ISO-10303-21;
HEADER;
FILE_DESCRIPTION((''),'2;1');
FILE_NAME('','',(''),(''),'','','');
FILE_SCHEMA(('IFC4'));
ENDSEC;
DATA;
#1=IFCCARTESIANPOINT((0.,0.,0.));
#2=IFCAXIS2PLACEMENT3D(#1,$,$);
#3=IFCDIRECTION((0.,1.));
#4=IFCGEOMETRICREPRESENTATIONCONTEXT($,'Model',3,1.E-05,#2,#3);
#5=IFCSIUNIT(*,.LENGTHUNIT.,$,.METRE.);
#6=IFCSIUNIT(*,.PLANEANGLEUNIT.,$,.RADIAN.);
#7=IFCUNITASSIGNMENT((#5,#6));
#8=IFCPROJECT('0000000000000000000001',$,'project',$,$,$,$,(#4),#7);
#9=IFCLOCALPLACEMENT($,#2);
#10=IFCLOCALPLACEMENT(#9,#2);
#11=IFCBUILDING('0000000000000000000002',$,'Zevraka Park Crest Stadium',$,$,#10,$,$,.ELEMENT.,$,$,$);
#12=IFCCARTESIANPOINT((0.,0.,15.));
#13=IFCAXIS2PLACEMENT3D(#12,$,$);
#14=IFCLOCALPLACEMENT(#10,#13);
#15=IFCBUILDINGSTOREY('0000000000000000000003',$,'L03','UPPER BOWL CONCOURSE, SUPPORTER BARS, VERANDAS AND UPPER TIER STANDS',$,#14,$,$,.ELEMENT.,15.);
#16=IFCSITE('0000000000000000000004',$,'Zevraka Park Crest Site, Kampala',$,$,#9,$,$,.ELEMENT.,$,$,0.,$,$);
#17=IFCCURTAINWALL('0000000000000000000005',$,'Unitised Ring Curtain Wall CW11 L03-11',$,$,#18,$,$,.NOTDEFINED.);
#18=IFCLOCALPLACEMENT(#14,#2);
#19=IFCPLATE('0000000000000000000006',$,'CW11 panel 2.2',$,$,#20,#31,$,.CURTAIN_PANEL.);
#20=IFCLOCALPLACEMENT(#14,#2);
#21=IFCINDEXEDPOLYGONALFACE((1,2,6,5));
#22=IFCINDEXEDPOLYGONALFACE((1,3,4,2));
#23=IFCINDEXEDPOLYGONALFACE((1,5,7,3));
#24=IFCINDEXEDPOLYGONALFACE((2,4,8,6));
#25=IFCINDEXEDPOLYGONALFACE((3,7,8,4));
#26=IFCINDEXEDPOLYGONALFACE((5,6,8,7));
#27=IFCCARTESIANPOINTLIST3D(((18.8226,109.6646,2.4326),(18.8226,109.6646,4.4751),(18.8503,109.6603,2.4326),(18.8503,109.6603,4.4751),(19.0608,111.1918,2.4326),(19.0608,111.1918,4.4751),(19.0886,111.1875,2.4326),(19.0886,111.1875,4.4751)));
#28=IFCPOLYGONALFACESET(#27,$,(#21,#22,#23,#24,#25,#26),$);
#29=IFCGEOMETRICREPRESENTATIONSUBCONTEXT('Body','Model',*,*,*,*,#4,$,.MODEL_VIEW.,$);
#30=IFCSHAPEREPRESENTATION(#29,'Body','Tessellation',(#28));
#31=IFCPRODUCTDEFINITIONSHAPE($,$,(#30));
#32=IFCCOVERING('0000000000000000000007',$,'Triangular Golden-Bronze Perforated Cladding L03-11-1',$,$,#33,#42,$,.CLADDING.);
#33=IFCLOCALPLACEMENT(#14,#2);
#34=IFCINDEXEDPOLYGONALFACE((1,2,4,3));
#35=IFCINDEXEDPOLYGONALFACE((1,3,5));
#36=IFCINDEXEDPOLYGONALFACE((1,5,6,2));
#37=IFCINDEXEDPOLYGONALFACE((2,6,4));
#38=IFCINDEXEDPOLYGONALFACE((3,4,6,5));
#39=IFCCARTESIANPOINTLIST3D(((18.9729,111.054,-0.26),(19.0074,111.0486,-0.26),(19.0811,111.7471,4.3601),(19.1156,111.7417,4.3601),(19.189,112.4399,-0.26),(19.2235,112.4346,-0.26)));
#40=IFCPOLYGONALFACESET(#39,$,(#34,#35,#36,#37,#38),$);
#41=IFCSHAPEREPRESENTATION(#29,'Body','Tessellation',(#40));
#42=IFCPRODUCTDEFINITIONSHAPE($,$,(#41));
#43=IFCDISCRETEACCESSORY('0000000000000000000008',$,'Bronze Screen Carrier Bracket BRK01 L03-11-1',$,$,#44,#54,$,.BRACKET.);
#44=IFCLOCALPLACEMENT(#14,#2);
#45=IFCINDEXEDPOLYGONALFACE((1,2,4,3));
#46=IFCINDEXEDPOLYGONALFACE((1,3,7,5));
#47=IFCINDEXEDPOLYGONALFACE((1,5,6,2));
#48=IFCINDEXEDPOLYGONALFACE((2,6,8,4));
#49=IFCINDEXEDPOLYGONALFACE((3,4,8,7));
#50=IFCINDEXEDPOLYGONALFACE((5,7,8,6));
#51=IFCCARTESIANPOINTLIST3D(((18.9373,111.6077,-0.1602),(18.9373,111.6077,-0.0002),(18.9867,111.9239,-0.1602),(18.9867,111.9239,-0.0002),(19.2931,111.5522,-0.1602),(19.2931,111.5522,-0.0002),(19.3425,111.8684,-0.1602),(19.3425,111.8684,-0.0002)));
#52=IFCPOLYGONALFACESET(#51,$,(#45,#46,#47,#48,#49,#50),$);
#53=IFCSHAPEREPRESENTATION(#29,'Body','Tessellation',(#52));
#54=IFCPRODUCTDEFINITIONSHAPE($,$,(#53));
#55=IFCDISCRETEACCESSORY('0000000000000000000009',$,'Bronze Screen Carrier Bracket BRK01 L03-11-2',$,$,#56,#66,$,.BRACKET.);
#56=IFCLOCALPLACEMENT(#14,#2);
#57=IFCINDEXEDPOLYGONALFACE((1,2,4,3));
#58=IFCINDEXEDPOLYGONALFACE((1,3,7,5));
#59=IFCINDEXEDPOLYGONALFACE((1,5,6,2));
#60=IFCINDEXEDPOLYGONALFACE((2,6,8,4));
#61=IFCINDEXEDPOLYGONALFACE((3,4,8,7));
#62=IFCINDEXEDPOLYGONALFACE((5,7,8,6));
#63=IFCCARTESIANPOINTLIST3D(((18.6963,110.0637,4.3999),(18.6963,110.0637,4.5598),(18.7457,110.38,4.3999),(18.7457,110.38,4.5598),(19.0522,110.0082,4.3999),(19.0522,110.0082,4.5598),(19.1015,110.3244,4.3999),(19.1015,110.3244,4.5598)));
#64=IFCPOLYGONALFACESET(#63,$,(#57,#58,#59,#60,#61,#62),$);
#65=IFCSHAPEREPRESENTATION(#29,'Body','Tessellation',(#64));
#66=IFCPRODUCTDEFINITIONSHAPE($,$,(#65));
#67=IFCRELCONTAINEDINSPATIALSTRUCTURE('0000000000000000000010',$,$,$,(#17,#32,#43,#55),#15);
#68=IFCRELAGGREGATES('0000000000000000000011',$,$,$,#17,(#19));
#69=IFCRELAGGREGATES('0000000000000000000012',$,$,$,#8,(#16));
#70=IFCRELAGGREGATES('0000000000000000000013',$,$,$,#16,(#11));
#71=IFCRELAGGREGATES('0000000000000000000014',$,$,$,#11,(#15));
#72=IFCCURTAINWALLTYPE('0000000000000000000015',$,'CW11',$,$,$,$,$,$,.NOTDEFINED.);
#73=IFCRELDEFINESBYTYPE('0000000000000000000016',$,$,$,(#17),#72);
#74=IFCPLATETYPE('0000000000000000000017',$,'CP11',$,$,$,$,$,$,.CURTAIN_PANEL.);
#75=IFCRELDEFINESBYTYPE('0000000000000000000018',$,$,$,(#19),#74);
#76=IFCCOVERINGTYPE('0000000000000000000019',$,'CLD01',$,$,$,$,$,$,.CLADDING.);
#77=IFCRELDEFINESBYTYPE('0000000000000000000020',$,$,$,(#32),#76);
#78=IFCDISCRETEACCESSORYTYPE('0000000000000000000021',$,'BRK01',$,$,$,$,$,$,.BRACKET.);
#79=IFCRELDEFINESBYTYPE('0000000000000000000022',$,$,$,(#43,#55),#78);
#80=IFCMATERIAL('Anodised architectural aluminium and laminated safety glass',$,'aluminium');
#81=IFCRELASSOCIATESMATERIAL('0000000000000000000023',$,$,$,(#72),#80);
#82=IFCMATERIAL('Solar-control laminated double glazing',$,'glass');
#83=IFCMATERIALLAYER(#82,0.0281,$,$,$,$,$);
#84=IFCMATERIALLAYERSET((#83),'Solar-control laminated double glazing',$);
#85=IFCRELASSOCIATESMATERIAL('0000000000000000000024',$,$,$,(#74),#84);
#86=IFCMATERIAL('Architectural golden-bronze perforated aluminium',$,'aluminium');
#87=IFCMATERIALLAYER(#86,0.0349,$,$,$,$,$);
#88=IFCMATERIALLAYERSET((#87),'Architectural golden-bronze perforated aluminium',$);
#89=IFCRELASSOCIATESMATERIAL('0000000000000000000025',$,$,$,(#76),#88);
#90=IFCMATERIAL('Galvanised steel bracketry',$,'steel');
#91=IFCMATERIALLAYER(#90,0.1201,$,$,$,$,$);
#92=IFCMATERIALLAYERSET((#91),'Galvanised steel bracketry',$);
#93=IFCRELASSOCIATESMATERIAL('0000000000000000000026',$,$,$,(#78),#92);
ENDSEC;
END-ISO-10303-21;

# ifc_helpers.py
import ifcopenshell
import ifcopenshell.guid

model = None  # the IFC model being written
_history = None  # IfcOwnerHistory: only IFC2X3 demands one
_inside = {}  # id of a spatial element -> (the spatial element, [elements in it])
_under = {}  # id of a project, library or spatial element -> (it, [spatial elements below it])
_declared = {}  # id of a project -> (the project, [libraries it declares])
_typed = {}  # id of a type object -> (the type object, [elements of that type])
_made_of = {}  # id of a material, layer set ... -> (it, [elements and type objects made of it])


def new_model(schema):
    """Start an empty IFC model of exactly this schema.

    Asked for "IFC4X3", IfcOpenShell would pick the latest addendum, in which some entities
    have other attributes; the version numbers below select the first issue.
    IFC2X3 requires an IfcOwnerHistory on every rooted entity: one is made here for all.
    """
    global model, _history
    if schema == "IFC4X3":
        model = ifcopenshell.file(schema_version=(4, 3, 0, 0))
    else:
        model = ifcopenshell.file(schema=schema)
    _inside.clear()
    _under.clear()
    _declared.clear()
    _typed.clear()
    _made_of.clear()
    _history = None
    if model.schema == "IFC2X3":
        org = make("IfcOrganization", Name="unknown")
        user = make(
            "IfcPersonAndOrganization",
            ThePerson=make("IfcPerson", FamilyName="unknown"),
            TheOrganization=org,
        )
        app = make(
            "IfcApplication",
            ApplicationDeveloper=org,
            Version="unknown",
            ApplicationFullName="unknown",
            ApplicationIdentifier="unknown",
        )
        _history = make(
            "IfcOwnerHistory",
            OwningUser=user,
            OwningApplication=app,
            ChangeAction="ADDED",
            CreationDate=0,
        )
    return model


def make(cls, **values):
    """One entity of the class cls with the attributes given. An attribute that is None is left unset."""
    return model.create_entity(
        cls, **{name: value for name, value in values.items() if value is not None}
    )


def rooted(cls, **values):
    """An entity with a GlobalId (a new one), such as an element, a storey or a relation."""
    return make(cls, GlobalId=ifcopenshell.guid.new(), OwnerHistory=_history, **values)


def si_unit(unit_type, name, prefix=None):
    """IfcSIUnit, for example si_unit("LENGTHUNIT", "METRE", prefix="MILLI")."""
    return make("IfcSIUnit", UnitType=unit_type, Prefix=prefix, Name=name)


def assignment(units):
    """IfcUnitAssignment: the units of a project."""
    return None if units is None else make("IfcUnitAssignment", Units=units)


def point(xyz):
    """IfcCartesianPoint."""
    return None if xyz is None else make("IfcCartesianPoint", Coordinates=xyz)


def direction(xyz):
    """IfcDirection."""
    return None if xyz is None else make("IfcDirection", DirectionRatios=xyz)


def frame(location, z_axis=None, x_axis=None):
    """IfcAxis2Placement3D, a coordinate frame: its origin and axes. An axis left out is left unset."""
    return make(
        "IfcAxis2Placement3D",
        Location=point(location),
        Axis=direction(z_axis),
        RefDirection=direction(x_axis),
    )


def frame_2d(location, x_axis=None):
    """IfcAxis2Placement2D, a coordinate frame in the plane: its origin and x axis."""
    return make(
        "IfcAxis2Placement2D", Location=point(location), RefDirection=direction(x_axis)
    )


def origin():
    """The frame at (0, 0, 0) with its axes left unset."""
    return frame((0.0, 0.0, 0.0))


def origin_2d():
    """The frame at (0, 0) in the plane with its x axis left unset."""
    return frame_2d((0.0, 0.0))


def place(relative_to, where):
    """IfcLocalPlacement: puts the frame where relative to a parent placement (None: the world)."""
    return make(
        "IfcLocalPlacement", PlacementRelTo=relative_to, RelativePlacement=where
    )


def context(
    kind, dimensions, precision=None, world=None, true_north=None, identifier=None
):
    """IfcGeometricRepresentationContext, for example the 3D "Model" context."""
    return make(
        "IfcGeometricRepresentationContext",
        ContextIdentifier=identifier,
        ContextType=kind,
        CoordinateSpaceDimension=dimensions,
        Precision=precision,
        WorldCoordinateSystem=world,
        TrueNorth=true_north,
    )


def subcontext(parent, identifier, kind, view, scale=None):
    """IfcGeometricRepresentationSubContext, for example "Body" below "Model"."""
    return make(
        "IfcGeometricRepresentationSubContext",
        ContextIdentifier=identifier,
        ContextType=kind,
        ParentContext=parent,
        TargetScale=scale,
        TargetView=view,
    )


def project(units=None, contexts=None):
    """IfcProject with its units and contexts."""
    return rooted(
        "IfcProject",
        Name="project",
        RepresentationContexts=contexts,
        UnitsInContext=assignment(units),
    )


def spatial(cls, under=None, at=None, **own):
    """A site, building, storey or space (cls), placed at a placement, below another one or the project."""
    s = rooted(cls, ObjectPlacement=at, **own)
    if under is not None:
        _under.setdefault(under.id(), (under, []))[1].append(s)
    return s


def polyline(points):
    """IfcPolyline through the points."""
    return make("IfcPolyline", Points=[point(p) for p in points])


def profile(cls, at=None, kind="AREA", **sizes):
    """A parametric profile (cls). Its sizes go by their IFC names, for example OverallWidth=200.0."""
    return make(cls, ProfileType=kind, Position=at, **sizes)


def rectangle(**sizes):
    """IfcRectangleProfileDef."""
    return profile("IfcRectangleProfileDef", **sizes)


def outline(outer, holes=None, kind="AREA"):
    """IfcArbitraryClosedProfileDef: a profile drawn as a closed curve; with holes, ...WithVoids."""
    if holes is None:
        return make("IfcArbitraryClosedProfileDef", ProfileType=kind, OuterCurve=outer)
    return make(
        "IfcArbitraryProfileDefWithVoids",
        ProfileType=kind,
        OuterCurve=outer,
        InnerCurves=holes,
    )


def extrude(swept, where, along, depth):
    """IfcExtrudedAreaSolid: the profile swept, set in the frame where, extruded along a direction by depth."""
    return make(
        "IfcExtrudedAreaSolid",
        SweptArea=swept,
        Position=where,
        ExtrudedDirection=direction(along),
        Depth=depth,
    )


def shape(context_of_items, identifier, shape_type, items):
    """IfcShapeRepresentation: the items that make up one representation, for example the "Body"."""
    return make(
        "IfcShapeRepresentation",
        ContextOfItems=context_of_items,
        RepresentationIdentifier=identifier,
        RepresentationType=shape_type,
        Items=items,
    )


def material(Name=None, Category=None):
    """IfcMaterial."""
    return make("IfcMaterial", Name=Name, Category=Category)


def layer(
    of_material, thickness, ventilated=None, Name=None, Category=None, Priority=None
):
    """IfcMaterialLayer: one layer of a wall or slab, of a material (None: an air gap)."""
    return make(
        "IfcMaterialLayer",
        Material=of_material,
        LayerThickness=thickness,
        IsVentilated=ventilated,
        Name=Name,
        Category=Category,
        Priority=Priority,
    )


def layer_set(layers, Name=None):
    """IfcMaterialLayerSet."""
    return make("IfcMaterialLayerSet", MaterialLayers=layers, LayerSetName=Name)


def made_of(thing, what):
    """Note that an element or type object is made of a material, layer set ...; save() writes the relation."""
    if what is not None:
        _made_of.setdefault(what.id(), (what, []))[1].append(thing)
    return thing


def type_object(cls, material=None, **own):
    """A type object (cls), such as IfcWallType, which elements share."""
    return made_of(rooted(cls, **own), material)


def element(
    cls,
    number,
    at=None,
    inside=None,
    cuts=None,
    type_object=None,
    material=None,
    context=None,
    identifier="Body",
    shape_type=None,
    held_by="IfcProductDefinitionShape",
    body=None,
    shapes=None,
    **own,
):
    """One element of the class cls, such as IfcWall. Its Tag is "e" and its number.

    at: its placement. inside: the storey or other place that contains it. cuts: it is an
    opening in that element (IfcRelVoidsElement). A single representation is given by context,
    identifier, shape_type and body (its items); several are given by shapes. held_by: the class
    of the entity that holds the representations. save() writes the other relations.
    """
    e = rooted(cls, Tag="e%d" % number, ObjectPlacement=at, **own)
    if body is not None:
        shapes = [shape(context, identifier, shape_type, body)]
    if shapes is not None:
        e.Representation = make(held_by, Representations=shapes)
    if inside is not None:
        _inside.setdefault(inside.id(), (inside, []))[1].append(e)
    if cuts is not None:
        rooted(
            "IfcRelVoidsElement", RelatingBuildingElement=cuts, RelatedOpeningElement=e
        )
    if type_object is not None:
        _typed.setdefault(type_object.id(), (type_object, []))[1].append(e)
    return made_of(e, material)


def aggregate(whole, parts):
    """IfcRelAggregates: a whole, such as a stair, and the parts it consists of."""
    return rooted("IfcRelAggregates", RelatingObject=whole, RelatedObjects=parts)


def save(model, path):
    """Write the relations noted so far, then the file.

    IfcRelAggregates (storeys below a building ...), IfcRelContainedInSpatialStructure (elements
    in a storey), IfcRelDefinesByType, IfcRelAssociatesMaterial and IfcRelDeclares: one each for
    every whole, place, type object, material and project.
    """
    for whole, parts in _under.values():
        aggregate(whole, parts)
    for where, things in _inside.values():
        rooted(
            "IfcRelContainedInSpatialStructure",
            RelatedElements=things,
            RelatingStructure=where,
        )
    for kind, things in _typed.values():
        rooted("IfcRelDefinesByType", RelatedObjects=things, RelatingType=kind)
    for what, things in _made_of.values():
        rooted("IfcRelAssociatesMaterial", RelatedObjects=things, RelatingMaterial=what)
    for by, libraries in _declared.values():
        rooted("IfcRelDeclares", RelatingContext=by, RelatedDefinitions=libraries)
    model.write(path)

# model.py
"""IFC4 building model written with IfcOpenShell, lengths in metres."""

from ifc_helpers import new_model, si_unit, direction, frame, origin, origin_2d, place, context, subcontext, project, spatial, polyline, rectangle, outline, extrude, material, layer, layer_set, type_object, element, aggregate, save


model = new_model("IFC4")

# Units and contexts
model_context = context("Model", 3, precision=1e-05, world=origin(), true_north=direction((0.0, 1.0)))
body_context = subcontext(model_context, "Body", "Model", "MODEL_VIEW")
ifc_project = project(units=[si_unit("LENGTHUNIT", "METRE"), si_unit("PLANEANGLEUNIT", "RADIAN")], contexts=[model_context])

# Site, building, storey
site_placement = place(None, origin())
site = spatial("IfcSite", under=ifc_project, at=site_placement, Name="Zevraka Park Crest Site, Kampala", CompositionType="ELEMENT", RefElevation=0.0)
building_placement = place(site_placement, origin())
building = spatial("IfcBuilding", under=site, at=building_placement, Name="Zevraka Park Crest Stadium", CompositionType="ELEMENT")
storey_placement = place(building_placement, frame((0.0, 0.0, 15.0)))
storey = spatial("IfcBuildingStorey", under=building, at=storey_placement, Name="L03", Description="UPPER BOWL CONCOURSE, SUPPORTER BARS, VERANDAS AND UPPER TIER STANDS", CompositionType="ELEMENT", Elevation=15.0)

# Curtain wall
ifc_material_1 = material(Name="Anodised architectural aluminium and laminated safety glass", Category="aluminium")
curtain_wall_type_1 = type_object("IfcCurtainWallType", Name="CW11", PredefinedType="NOTDEFINED", material=ifc_material_1)
curtain_wall_1_placement = place(storey_placement, origin())
curtain_wall_1 = element("IfcCurtainWall", 1, at=curtain_wall_1_placement, inside=storey, type_object=curtain_wall_type_1, Name="Unitised Ring Curtain Wall CW11 L03-11", PredefinedType="NOTDEFINED")

# Plate
ifc_material_2 = material(Name="Solar-control laminated double glazing", Category="glass")
ifc_layer_1 = layer(ifc_material_2, 0.0281)
ifc_layer_set_1 = layer_set([ifc_layer_1], Name="Solar-control laminated double glazing")
plate_type = type_object("IfcPlateType", Name="CP11", PredefinedType="CURTAIN_PANEL", material=ifc_layer_set_1)
plate_1_placement = place(storey_placement, frame((18.9556, 110.426, 2.4326), z_axis=(0.0, 0.0, 1.0), x_axis=(-0.154128, -0.988051, 0.0)))
plate_1 = element("IfcPlate", 2, at=plate_1_placement, type_object=plate_type, Name="CW11 panel 2.2", PredefinedType="CURTAIN_PANEL", context=body_context, shape_type="SweptSolid", body=[
    extrude(rectangle(XDim=1.5457, YDim=0.0281, at=origin_2d()), origin(), (0.0, 0.0, 1.0), 2.0425),
])
aggregate(curtain_wall_1, [plate_1])

# Covering
ifc_material_3 = material(Name="Architectural golden-bronze perforated aluminium", Category="aluminium")
ifc_layer_2 = layer(ifc_material_3, 0.0349)
ifc_layer_set_2 = layer_set([ifc_layer_2], Name="Architectural golden-bronze perforated aluminium")
covering_type = type_object("IfcCoveringType", Name="CLD01", PredefinedType="CLADDING", material=ifc_layer_set_2)
covering_placement = place(storey_placement, frame((19.189, 112.4399, -0.26), z_axis=(-0.988066, 0.154032, 0.000022), x_axis=(-0.154032, -0.988066, 0.0)))
element("IfcCovering", 3, at=covering_placement, inside=storey, type_object=covering_type, Name="Triangular Golden-Bronze Perforated Cladding L03-11-1", PredefinedType="CLADDING", context=body_context, shape_type="SweptSolid", body=[
    extrude(outline(polyline([(0.0, 0.0), (1.4027, 0.0), (0.7012, 4.6201), (0.0, 0.0)])), origin(), (0.0, 0.0, -1.0), 0.0349),
])

# Discrete accessories
ifc_material_4 = material(Name="Galvanised steel bracketry", Category="steel")
ifc_layer_3 = layer(ifc_material_4, 0.1201)
ifc_layer_set_3 = layer_set([ifc_layer_3], Name="Galvanised steel bracketry")
discrete_accessory_type = type_object("IfcDiscreteAccessoryType", Name="BRK01", PredefinedType="BRACKET", material=ifc_layer_set_3)
for number, where, z_axis, x_axis, name in (
    (4, (19.1399, 111.738, -0.1602), (0.0, 0.0, 1.0), (-0.154193, -0.988041, 0.0), "Bronze Screen Carrier Bracket BRK01 L03-11-1"),
    (5, (18.8989, 110.1941, 4.3999), (0.0, 0.0, 1.0), (-0.154193, -0.988041, 0.0), "Bronze Screen Carrier Bracket BRK01 L03-11-2"),
):
    element("IfcDiscreteAccessory", number, at=place(storey_placement, frame(where, z_axis=z_axis, x_axis=x_axis)), inside=storey, type_object=discrete_accessory_type, Name=name, PredefinedType="BRACKET", context=body_context, shape_type="SweptSolid", body=[
        extrude(rectangle(XDim=0.3201, YDim=0.3601, at=origin_2d()), origin(), (0.0, 0.0, 1.0), 0.1599),
    ])

save(model, "model.ifc")
